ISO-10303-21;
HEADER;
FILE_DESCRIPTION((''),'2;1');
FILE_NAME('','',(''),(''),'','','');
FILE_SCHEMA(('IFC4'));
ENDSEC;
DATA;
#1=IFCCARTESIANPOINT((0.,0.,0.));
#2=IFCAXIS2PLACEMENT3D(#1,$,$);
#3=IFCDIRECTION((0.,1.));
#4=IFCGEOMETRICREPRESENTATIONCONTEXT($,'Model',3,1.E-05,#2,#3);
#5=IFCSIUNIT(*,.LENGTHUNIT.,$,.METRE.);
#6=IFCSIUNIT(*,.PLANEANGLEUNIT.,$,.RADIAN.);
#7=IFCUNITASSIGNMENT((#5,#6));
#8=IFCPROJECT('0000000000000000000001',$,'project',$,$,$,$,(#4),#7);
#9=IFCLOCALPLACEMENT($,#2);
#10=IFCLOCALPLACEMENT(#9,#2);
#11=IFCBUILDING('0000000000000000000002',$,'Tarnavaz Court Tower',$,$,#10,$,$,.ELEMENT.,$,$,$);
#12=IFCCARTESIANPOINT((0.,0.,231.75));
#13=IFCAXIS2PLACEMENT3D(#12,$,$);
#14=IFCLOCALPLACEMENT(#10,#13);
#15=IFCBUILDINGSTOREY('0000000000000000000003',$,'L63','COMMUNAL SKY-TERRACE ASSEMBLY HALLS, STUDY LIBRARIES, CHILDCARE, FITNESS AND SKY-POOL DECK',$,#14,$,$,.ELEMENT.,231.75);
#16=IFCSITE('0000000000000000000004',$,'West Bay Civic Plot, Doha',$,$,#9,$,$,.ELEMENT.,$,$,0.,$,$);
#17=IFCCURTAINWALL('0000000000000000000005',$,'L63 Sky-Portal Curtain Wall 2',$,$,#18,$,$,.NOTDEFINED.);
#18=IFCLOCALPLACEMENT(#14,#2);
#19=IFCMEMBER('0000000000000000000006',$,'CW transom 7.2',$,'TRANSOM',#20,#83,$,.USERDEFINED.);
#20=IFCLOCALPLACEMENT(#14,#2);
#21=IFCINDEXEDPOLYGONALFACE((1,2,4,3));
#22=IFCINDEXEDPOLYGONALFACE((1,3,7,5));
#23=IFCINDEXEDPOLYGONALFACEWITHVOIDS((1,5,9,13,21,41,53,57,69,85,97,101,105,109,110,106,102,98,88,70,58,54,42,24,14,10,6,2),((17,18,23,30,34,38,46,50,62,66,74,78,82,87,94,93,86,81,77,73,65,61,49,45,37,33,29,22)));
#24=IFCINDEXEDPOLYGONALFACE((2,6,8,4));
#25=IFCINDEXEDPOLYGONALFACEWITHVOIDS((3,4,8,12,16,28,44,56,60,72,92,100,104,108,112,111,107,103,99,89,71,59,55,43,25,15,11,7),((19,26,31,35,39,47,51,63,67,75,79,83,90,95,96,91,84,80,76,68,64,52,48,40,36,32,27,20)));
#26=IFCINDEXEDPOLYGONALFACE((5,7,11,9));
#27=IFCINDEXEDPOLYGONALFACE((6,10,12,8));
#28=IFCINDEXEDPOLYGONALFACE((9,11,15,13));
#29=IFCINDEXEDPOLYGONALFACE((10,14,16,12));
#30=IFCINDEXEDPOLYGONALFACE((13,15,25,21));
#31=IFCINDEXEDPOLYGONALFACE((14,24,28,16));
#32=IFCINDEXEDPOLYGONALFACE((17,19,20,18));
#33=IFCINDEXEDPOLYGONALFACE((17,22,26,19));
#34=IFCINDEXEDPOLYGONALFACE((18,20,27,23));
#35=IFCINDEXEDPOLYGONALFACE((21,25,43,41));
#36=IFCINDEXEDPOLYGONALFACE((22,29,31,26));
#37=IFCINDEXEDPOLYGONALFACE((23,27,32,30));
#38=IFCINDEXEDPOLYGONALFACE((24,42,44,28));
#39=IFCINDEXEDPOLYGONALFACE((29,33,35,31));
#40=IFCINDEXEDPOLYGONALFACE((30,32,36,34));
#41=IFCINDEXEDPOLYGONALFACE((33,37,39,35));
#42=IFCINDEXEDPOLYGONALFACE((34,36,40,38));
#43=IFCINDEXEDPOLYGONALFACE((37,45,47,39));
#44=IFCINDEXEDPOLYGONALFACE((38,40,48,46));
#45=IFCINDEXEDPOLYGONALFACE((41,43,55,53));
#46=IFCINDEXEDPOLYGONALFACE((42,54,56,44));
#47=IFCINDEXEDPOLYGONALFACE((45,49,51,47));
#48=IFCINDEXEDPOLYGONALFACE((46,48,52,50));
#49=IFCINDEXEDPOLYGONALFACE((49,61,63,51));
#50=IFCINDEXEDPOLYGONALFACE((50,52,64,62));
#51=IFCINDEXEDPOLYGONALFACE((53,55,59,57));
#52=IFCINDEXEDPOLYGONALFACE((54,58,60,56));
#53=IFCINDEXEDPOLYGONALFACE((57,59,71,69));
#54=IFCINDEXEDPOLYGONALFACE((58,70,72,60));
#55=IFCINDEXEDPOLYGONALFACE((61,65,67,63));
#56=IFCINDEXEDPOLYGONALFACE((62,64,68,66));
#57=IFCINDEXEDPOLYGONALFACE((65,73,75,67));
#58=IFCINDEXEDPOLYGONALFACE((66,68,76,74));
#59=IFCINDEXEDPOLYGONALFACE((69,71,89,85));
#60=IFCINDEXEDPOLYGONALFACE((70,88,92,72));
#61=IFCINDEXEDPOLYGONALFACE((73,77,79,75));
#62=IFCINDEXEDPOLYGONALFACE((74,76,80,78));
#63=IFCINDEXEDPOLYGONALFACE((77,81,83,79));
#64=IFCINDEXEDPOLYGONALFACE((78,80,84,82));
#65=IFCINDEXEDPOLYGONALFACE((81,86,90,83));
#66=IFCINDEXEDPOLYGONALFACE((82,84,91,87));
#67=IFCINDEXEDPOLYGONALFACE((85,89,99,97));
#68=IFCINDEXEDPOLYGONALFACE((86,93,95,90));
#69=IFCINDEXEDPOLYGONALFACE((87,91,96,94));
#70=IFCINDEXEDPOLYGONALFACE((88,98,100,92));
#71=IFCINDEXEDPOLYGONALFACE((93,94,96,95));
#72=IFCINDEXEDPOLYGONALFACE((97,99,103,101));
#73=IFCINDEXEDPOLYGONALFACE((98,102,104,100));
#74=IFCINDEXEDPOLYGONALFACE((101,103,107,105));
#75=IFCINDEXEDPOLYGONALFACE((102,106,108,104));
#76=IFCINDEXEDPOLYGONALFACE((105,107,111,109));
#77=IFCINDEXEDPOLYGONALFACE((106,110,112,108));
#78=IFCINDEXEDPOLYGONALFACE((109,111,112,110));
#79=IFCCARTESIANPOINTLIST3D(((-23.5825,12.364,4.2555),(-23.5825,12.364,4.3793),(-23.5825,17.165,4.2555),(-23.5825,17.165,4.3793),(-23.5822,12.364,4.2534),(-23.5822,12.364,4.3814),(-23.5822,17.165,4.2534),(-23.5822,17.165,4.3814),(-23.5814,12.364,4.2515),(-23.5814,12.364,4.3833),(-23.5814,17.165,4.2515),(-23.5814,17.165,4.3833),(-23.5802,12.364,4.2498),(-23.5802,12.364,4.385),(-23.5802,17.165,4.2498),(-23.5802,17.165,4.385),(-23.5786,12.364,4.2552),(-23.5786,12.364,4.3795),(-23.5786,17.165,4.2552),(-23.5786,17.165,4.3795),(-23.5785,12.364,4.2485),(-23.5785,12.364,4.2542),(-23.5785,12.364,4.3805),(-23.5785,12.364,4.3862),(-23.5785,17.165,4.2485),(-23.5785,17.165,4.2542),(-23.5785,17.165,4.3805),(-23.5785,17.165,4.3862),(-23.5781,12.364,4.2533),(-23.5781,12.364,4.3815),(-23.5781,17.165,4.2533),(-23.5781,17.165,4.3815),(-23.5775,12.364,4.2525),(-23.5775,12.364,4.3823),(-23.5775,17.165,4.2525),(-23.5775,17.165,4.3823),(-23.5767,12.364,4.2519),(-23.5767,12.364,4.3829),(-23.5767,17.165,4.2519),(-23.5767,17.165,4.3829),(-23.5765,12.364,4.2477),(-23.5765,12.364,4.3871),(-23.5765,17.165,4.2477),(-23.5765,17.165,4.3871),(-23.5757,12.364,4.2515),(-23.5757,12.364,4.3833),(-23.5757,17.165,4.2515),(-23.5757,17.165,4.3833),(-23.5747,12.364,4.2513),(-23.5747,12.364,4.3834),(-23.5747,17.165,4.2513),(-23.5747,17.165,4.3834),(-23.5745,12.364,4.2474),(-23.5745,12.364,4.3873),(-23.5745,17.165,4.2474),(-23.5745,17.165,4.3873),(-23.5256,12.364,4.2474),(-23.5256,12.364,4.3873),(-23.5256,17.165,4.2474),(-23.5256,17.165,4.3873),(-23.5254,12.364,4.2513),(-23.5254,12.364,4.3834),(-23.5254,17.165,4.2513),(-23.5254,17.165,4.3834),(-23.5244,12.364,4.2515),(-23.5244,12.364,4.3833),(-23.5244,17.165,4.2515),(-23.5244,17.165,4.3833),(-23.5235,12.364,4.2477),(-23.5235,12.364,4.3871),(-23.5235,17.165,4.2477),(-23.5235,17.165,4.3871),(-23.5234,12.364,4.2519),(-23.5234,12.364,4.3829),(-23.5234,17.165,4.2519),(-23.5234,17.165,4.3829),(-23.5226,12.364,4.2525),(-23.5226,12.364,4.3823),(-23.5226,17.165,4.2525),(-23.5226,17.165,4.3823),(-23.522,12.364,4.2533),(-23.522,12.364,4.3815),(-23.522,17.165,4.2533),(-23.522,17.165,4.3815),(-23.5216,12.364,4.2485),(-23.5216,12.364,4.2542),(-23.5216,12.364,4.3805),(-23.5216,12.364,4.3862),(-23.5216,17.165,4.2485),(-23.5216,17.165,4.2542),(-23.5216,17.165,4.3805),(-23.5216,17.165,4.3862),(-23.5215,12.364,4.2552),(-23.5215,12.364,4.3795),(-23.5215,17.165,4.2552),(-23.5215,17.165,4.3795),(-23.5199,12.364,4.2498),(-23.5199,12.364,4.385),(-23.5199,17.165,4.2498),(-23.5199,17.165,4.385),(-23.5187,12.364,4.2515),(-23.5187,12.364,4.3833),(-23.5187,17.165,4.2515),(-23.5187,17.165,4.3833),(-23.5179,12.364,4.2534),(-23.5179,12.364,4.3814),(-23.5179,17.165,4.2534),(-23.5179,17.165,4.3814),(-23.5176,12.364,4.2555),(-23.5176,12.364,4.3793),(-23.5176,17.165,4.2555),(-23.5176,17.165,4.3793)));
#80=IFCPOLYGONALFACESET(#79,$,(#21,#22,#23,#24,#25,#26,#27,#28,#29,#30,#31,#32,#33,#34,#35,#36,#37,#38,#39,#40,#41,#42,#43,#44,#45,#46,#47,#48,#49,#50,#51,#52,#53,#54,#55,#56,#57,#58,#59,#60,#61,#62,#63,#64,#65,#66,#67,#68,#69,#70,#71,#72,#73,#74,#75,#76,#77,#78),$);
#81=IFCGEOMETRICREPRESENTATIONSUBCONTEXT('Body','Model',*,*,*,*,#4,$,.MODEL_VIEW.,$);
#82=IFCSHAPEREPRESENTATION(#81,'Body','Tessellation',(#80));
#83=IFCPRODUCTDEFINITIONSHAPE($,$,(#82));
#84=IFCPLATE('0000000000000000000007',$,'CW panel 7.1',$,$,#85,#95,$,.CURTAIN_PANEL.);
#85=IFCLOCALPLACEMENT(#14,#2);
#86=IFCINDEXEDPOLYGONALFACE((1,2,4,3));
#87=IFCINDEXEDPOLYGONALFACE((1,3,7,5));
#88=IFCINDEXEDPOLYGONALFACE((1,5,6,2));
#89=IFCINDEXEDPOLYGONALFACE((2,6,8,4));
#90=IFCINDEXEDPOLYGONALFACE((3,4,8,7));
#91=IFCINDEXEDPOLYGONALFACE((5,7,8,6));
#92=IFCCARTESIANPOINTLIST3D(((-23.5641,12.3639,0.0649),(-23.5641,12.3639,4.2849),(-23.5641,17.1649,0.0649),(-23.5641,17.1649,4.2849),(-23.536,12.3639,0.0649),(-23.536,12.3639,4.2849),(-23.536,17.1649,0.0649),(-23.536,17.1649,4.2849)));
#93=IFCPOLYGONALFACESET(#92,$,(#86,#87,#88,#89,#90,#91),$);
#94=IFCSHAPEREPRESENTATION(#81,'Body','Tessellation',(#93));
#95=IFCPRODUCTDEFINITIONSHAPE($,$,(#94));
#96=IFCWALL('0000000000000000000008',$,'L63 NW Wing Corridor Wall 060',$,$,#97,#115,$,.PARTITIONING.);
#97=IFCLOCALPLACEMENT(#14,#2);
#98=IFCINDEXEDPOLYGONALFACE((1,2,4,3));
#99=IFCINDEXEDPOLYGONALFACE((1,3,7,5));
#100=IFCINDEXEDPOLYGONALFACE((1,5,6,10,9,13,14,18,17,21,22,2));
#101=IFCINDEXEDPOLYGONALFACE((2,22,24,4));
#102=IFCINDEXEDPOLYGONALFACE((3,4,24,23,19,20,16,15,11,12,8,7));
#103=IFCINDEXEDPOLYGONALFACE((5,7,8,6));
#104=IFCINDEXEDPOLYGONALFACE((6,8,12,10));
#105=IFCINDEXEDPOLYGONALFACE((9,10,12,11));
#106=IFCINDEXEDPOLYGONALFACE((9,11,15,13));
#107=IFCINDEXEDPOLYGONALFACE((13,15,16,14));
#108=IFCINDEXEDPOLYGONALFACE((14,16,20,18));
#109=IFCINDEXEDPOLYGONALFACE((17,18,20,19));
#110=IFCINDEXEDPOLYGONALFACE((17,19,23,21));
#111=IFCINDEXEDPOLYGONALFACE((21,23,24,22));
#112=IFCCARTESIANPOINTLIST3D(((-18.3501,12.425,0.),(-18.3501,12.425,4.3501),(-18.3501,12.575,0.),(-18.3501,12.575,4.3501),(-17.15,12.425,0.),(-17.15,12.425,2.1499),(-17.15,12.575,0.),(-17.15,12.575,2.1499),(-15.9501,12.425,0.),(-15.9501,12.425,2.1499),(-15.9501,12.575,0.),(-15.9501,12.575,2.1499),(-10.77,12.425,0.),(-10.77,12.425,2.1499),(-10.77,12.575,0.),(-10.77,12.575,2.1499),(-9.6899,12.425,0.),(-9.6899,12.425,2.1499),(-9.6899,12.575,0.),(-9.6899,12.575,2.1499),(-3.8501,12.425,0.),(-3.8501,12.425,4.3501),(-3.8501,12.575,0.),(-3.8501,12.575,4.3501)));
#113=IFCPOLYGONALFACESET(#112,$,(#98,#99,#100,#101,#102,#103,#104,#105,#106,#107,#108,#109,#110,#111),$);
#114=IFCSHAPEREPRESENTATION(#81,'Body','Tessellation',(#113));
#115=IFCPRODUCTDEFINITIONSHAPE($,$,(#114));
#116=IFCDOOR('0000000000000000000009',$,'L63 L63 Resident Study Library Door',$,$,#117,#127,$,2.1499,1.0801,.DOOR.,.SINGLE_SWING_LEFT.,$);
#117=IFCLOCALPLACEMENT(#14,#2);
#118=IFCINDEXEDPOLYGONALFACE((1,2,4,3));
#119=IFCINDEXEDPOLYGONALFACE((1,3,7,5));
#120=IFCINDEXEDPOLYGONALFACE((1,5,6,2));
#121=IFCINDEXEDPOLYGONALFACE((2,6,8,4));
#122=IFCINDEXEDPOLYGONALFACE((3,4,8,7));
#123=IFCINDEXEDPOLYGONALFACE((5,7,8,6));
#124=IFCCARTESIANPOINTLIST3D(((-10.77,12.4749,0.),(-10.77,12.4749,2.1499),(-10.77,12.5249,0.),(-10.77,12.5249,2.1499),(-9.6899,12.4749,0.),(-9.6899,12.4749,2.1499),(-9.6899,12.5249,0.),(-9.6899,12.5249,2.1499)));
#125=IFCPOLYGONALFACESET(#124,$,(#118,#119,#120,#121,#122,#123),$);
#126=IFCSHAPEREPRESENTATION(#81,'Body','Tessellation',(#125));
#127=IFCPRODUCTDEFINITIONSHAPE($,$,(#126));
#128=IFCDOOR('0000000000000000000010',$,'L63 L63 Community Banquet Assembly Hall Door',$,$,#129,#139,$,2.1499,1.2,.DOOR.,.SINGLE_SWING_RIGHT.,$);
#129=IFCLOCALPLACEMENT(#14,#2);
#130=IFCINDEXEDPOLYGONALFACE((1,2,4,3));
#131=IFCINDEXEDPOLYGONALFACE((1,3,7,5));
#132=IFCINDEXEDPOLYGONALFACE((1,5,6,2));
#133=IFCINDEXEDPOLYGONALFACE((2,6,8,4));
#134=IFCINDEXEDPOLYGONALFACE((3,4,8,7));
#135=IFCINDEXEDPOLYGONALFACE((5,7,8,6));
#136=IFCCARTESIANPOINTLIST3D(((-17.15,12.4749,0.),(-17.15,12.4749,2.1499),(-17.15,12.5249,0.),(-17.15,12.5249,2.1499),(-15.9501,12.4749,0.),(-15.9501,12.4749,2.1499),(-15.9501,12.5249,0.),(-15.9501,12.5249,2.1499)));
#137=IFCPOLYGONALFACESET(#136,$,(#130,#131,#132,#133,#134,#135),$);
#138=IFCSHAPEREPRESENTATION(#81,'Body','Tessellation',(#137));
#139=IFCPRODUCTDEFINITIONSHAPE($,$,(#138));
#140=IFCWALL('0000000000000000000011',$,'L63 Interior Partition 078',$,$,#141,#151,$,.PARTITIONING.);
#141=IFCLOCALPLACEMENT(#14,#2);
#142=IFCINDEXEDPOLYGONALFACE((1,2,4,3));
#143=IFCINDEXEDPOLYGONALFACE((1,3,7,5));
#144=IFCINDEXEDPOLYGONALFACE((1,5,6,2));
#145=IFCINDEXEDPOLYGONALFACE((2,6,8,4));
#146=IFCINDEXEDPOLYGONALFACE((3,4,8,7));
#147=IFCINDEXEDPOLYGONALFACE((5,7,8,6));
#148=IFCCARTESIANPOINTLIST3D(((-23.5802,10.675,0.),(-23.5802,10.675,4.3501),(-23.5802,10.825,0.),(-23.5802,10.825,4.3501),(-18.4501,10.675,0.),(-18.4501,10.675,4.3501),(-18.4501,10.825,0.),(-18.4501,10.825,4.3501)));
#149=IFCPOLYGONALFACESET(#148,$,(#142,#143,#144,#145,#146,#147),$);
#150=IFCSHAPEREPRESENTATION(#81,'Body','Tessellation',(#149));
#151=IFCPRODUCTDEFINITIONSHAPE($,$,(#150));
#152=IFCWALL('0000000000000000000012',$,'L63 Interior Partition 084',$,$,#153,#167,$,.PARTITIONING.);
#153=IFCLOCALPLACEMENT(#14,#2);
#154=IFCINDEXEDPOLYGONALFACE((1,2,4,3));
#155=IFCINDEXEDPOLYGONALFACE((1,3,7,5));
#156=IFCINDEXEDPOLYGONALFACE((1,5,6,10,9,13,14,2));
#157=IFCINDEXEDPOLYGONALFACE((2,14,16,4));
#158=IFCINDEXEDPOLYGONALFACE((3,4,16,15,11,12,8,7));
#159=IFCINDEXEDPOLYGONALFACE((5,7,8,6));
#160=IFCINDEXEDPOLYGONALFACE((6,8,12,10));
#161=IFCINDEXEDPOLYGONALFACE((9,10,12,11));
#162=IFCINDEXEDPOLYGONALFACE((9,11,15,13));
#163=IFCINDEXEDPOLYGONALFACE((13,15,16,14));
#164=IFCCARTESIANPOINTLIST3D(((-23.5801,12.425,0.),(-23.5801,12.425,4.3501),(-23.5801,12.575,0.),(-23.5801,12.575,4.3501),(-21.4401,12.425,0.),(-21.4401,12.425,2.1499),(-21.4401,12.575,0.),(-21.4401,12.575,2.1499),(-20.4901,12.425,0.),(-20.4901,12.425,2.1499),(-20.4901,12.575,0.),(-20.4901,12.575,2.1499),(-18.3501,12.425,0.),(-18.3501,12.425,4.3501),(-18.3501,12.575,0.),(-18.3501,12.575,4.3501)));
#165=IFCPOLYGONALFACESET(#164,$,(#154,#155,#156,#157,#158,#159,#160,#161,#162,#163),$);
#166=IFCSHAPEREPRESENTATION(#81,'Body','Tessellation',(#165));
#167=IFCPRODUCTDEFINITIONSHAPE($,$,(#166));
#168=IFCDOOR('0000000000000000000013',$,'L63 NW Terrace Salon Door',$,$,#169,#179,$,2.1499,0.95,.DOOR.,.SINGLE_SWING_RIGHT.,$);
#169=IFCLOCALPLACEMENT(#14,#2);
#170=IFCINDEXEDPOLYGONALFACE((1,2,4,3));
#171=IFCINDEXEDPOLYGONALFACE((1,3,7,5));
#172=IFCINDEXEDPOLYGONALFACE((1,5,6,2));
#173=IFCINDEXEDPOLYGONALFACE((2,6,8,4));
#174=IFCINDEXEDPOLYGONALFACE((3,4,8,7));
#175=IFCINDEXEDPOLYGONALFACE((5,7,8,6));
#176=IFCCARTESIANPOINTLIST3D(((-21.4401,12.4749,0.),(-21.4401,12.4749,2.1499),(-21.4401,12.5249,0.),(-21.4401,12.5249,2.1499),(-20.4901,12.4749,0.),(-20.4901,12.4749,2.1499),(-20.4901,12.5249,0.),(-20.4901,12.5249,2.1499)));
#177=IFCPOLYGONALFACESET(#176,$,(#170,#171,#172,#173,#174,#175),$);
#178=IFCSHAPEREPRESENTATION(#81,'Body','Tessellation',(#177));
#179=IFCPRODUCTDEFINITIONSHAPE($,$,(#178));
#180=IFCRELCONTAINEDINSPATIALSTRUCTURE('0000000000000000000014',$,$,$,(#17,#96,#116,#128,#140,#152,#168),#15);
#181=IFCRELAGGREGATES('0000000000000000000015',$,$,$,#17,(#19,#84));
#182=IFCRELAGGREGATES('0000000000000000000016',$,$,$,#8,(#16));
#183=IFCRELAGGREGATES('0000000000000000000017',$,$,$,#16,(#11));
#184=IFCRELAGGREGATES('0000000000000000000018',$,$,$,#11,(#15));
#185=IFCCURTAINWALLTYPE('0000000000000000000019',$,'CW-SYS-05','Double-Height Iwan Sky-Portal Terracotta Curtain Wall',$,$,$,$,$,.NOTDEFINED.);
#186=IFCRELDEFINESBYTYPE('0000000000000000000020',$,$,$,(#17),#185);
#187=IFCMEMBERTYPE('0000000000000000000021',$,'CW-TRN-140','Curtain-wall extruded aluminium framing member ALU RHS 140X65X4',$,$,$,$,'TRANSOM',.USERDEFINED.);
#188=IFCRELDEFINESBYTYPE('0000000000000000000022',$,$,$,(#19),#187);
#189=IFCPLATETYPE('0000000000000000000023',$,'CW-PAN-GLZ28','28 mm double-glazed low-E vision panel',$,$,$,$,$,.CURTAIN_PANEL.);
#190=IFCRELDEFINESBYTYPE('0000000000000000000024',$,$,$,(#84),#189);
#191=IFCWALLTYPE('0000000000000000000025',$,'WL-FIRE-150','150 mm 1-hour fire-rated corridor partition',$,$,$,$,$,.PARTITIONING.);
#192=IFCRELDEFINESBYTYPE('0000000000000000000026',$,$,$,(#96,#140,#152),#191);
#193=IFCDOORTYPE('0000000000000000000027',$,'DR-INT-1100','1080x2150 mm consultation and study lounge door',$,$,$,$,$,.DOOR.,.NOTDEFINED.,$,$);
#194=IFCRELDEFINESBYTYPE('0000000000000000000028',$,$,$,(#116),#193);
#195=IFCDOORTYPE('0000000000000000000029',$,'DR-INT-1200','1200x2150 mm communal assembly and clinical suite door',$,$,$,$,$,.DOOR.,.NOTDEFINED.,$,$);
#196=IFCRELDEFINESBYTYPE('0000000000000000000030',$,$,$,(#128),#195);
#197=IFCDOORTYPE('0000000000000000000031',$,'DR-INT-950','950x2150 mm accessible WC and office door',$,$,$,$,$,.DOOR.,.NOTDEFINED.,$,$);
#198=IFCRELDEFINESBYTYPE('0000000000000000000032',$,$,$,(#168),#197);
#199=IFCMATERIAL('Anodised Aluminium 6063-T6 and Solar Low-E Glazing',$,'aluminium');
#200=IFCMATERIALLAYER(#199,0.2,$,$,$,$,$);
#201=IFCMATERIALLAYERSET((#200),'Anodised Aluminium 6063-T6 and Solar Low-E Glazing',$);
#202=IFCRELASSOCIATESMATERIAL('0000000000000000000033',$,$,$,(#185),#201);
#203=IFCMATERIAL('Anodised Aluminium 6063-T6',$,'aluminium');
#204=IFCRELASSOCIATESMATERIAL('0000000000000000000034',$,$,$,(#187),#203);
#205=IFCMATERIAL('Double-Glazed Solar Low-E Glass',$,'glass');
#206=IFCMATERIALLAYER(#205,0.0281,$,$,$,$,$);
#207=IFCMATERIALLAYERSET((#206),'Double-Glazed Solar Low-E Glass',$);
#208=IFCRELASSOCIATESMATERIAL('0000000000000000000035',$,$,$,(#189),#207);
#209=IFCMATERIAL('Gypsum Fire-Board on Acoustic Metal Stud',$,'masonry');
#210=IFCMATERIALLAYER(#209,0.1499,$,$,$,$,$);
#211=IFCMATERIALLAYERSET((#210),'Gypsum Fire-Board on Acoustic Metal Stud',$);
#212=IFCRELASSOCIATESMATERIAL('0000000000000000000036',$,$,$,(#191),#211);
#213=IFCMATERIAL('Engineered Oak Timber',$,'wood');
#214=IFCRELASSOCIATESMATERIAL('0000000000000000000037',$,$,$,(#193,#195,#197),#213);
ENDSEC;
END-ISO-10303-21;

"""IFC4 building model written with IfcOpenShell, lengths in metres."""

from ifc_helpers import new_model, si_unit, direction, frame, frame_2d, origin, origin_2d, place, context, subcontext, project, spatial, rectangle, hollow_rectangle, extrude, material, layer, layer_set, material_profile, profile_set, type_object, element, fill, aggregate, save


model = new_model("IFC4")

# Units and contexts
model_context = context("Model", 3, precision=1e-05, world=origin(), true_north=direction((0.0, 1.0)))
body_context = subcontext(model_context, "Body", "Model", "MODEL_VIEW")
ifc_project = project(units=[si_unit("LENGTHUNIT", "METRE"), si_unit("PLANEANGLEUNIT", "RADIAN")], contexts=[model_context])

# Site, building, storey
site_placement = place(None, origin())
site = spatial("IfcSite", under=ifc_project, at=site_placement, Name="West Bay Civic Plot, Doha", CompositionType="ELEMENT", RefElevation=0.0)
building_placement = place(site_placement, origin())
building = spatial("IfcBuilding", under=site, at=building_placement, Name="Tarnavaz Court Tower", CompositionType="ELEMENT")
storey_placement = place(building_placement, frame((0.0, 0.0, 231.75)))
storey = spatial("IfcBuildingStorey", under=building, at=storey_placement, Name="L63", Description="COMMUNAL SKY-TERRACE ASSEMBLY HALLS, STUDY LIBRARIES, CHILDCARE, FITNESS AND SKY-POOL DECK", CompositionType="ELEMENT", Elevation=231.75)

# Curtain wall, member, plate
ifc_material_1 = material(Name="Anodised Aluminium 6063-T6 and Solar Low-E Glazing", Category="aluminium")
ifc_layer_1 = layer(ifc_material_1, 0.2)
ifc_layer_set_1 = layer_set([ifc_layer_1], Name="Anodised Aluminium 6063-T6 and Solar Low-E Glazing")
curtain_wall_type = type_object("IfcCurtainWallType", Name="CW-SYS-05", Description="Double-Height Iwan Sky-Portal Terracotta Curtain Wall", PredefinedType="NOTDEFINED", material=ifc_layer_set_1)
curtain_wall_placement = place(storey_placement, origin())
curtain_wall = element("IfcCurtainWall", 1, at=curtain_wall_placement, inside=storey, type_object=curtain_wall_type, Name="L63 Sky-Portal Curtain Wall 2", PredefinedType="NOTDEFINED")
ifc_material_2 = material(Name="Anodised Aluminium 6063-T6", Category="aluminium")
ifc_material_profile_1 = material_profile(ifc_material_2, hollow_rectangle(XDim=0.0649, YDim=0.1399, WallThickness=0.0039, InnerFilletRadius=0.0039, OuterFilletRadius=0.0081, at=origin_2d()), Name="ALU RHS 140X65X4")
ifc_profile_set_1 = profile_set([ifc_material_profile_1], Name="Anodised Aluminium 6063-T6")
member_type_1 = type_object("IfcMemberType", Name="CW-TRN-140", Description="Curtain-wall extruded aluminium framing member ALU RHS 140X65X4", ElementType="TRANSOM", PredefinedType="USERDEFINED", material=ifc_profile_set_1)
member_1_placement = place(storey_placement, frame((-23.55, 12.364, 4.3174), z_axis=(0.0, 1.0, 0.0), x_axis=(-1.0, 0.0, 0.0)))
member_1 = element("IfcMember", 2, at=member_1_placement, type_object=member_type_1, Name="CW transom 7.2", ObjectType="TRANSOM", PredefinedType="USERDEFINED", context=body_context, shape_type="SweptSolid", body=[
    extrude(hollow_rectangle(XDim=0.0649, YDim=0.1399, WallThickness=0.0039, InnerFilletRadius=0.0039, OuterFilletRadius=0.0081, at=origin_2d()), origin(), (0.0, 0.0, 1.0), 4.801),
])
ifc_material_3 = material(Name="Double-Glazed Solar Low-E Glass", Category="glass")
ifc_layer_2 = layer(ifc_material_3, 0.0281)
ifc_layer_set_2 = layer_set([ifc_layer_2], Name="Double-Glazed Solar Low-E Glass")
plate_type = type_object("IfcPlateType", Name="CW-PAN-GLZ28", Description="28 mm double-glazed low-E vision panel", PredefinedType="CURTAIN_PANEL", material=ifc_layer_set_2)
plate_placement = place(storey_placement, frame((-23.55, 14.7644, 0.0649), z_axis=(0.0, 0.0, 1.0), x_axis=(0.0, 1.0, 0.0)))
plate = element("IfcPlate", 3, at=plate_placement, type_object=plate_type, Name="CW panel 7.1", PredefinedType="CURTAIN_PANEL", context=body_context, shape_type="SweptSolid", body=[
    extrude(rectangle(XDim=4.801, YDim=0.0281, at=origin_2d()), origin(), (0.0, 0.0, 1.0), 4.22),
])
aggregate(curtain_wall, [member_1, plate])

# Wall, openings, doors
ifc_material_4 = material(Name="Gypsum Fire-Board on Acoustic Metal Stud", Category="masonry")
ifc_layer_3 = layer(ifc_material_4, 0.1499)
ifc_layer_set_3 = layer_set([ifc_layer_3], Name="Gypsum Fire-Board on Acoustic Metal Stud")
wall_type_1 = type_object("IfcWallType", Name="WL-FIRE-150", Description="150 mm 1-hour fire-rated corridor partition", PredefinedType="PARTITIONING", material=ifc_layer_set_3)
wall_1_placement = place(storey_placement, frame((-18.3501, 12.5, 0.0), z_axis=(0.0, 0.0, 1.0), x_axis=(1.0, 0.0, 0.0)))
wall_1 = element("IfcWall", 4, at=wall_1_placement, inside=storey, type_object=wall_type_1, Name="L63 NW Wing Corridor Wall 060", PredefinedType="PARTITIONING", context=body_context, shape_type="SweptSolid", body=[
    extrude(rectangle(XDim=14.5, YDim=0.1499, at=frame_2d((7.25, 0.0))), origin(), (0.0, 0.0, 1.0), 4.3501),
])
opening_1_placement = place(wall_1_placement, frame((1.2, 0.0, 0.0)))
opening_1 = element("IfcOpeningElement", 5, at=opening_1_placement, cuts=wall_1, PredefinedType="OPENING", context=body_context, shape_type="SweptSolid", body=[
    extrude(rectangle(XDim=1.2, YDim=2.1499, at=frame_2d((0.6001, 1.075))), frame((0.0, 0.085, 0.0), z_axis=(0.0, -1.0, 0.0), x_axis=(1.0, 0.0, 0.0)), (0.0, 0.0, 1.0), 0.1699),
])
opening_2_placement = place(wall_1_placement, frame((7.5801, 0.0, 0.0)))
opening_2 = element("IfcOpeningElement", 6, at=opening_2_placement, cuts=wall_1, PredefinedType="OPENING", context=body_context, shape_type="SweptSolid", body=[
    extrude(rectangle(XDim=1.0801, YDim=2.1499, at=frame_2d((0.54, 1.075))), frame((0.0, 0.085, 0.0), z_axis=(0.0, -1.0, 0.0), x_axis=(1.0, 0.0, 0.0)), (0.0, 0.0, 1.0), 0.1699),
])
ifc_material_5 = material(Name="Engineered Oak Timber", Category="wood")
door_type_1 = type_object("IfcDoorType", Name="DR-INT-1100", Description="1080x2150 mm consultation and study lounge door", OperationType="NOTDEFINED", PredefinedType="DOOR", material=ifc_material_5)
door_1_placement = place(opening_2_placement, origin())
door_1 = element("IfcDoor", 7, at=door_1_placement, inside=storey, type_object=door_type_1, Name="L63 L63 Resident Study Library Door", OperationType="SINGLE_SWING_LEFT", OverallHeight=2.1499, OverallWidth=1.0801, PredefinedType="DOOR", context=body_context, shape_type="SweptSolid", body=[
    extrude(rectangle(XDim=1.0801, YDim=2.1499, at=frame_2d((0.54, 1.075))), frame((0.0, 0.0249, 0.0), z_axis=(0.0, -1.0, 0.0), x_axis=(1.0, 0.0, 0.0)), (0.0, 0.0, 1.0), 0.05),
])
fill(opening_2, door_1)
door_type_2 = type_object("IfcDoorType", Name="DR-INT-1200", Description="1200x2150 mm communal assembly and clinical suite door", OperationType="NOTDEFINED", PredefinedType="DOOR", material=ifc_material_5)
door_2_placement = place(opening_1_placement, origin())
door_2 = element("IfcDoor", 8, at=door_2_placement, inside=storey, type_object=door_type_2, Name="L63 L63 Community Banquet Assembly Hall Door", OperationType="SINGLE_SWING_RIGHT", OverallHeight=2.1499, OverallWidth=1.2, PredefinedType="DOOR", context=body_context, shape_type="SweptSolid", body=[
    extrude(rectangle(XDim=1.2, YDim=2.1499, at=frame_2d((0.6001, 1.075))), frame((0.0, 0.0249, 0.0), z_axis=(0.0, -1.0, 0.0), x_axis=(1.0, 0.0, 0.0)), (0.0, 0.0, 1.0), 0.05),
])
fill(opening_1, door_2)

# Wall
wall_2_placement = place(storey_placement, frame((-23.5801, 10.75, 0.0), z_axis=(0.0, 0.0, 1.0), x_axis=(1.0, 0.0, 0.0)))
element("IfcWall", 9, at=wall_2_placement, inside=storey, type_object=wall_type_1, Name="L63 Interior Partition 078", PredefinedType="PARTITIONING", context=body_context, shape_type="SweptSolid", body=[
    extrude(rectangle(XDim=5.1301, YDim=0.1499, at=frame_2d((2.5649, 0.0))), origin(), (0.0, 0.0, 1.0), 4.3501),
])

# Wall, opening, door
wall_3_placement = place(storey_placement, frame((-23.5801, 12.5, 0.0), z_axis=(0.0, 0.0, 1.0), x_axis=(1.0, 0.0, 0.0)))
wall_3 = element("IfcWall", 10, at=wall_3_placement, inside=storey, type_object=wall_type_1, Name="L63 Interior Partition 084", PredefinedType="PARTITIONING", context=body_context, shape_type="SweptSolid", body=[
    extrude(rectangle(XDim=5.23, YDim=0.1499, at=frame_2d((2.615, 0.0))), origin(), (0.0, 0.0, 1.0), 4.3501),
])
opening_3_placement = place(wall_3_placement, frame((2.1399, 0.0, 0.0)))
opening_3 = element("IfcOpeningElement", 11, at=opening_3_placement, cuts=wall_3, PredefinedType="OPENING", context=body_context, shape_type="SweptSolid", body=[
    extrude(rectangle(XDim=0.95, YDim=2.1499, at=frame_2d((0.4751, 1.075))), frame((0.0, 0.085, 0.0), z_axis=(0.0, -1.0, 0.0), x_axis=(1.0, 0.0, 0.0)), (0.0, 0.0, 1.0), 0.1699),
])
door_type_3 = type_object("IfcDoorType", Name="DR-INT-950", Description="950x2150 mm accessible WC and office door", OperationType="NOTDEFINED", PredefinedType="DOOR", material=ifc_material_5)
door_3_placement = place(opening_3_placement, origin())
door_3 = element("IfcDoor", 12, at=door_3_placement, inside=storey, type_object=door_type_3, Name="L63 NW Terrace Salon Door", OperationType="SINGLE_SWING_RIGHT", OverallHeight=2.1499, OverallWidth=0.95, PredefinedType="DOOR", context=body_context, shape_type="SweptSolid", body=[
    extrude(rectangle(XDim=0.95, YDim=2.1499, at=frame_2d((0.4751, 1.075))), frame((0.0, 0.0249, 0.0), z_axis=(0.0, -1.0, 0.0), x_axis=(1.0, 0.0, 0.0)), (0.0, 0.0, 1.0), 0.05),
])
fill(opening_3, door_3)

save(model, "model.ifc")
